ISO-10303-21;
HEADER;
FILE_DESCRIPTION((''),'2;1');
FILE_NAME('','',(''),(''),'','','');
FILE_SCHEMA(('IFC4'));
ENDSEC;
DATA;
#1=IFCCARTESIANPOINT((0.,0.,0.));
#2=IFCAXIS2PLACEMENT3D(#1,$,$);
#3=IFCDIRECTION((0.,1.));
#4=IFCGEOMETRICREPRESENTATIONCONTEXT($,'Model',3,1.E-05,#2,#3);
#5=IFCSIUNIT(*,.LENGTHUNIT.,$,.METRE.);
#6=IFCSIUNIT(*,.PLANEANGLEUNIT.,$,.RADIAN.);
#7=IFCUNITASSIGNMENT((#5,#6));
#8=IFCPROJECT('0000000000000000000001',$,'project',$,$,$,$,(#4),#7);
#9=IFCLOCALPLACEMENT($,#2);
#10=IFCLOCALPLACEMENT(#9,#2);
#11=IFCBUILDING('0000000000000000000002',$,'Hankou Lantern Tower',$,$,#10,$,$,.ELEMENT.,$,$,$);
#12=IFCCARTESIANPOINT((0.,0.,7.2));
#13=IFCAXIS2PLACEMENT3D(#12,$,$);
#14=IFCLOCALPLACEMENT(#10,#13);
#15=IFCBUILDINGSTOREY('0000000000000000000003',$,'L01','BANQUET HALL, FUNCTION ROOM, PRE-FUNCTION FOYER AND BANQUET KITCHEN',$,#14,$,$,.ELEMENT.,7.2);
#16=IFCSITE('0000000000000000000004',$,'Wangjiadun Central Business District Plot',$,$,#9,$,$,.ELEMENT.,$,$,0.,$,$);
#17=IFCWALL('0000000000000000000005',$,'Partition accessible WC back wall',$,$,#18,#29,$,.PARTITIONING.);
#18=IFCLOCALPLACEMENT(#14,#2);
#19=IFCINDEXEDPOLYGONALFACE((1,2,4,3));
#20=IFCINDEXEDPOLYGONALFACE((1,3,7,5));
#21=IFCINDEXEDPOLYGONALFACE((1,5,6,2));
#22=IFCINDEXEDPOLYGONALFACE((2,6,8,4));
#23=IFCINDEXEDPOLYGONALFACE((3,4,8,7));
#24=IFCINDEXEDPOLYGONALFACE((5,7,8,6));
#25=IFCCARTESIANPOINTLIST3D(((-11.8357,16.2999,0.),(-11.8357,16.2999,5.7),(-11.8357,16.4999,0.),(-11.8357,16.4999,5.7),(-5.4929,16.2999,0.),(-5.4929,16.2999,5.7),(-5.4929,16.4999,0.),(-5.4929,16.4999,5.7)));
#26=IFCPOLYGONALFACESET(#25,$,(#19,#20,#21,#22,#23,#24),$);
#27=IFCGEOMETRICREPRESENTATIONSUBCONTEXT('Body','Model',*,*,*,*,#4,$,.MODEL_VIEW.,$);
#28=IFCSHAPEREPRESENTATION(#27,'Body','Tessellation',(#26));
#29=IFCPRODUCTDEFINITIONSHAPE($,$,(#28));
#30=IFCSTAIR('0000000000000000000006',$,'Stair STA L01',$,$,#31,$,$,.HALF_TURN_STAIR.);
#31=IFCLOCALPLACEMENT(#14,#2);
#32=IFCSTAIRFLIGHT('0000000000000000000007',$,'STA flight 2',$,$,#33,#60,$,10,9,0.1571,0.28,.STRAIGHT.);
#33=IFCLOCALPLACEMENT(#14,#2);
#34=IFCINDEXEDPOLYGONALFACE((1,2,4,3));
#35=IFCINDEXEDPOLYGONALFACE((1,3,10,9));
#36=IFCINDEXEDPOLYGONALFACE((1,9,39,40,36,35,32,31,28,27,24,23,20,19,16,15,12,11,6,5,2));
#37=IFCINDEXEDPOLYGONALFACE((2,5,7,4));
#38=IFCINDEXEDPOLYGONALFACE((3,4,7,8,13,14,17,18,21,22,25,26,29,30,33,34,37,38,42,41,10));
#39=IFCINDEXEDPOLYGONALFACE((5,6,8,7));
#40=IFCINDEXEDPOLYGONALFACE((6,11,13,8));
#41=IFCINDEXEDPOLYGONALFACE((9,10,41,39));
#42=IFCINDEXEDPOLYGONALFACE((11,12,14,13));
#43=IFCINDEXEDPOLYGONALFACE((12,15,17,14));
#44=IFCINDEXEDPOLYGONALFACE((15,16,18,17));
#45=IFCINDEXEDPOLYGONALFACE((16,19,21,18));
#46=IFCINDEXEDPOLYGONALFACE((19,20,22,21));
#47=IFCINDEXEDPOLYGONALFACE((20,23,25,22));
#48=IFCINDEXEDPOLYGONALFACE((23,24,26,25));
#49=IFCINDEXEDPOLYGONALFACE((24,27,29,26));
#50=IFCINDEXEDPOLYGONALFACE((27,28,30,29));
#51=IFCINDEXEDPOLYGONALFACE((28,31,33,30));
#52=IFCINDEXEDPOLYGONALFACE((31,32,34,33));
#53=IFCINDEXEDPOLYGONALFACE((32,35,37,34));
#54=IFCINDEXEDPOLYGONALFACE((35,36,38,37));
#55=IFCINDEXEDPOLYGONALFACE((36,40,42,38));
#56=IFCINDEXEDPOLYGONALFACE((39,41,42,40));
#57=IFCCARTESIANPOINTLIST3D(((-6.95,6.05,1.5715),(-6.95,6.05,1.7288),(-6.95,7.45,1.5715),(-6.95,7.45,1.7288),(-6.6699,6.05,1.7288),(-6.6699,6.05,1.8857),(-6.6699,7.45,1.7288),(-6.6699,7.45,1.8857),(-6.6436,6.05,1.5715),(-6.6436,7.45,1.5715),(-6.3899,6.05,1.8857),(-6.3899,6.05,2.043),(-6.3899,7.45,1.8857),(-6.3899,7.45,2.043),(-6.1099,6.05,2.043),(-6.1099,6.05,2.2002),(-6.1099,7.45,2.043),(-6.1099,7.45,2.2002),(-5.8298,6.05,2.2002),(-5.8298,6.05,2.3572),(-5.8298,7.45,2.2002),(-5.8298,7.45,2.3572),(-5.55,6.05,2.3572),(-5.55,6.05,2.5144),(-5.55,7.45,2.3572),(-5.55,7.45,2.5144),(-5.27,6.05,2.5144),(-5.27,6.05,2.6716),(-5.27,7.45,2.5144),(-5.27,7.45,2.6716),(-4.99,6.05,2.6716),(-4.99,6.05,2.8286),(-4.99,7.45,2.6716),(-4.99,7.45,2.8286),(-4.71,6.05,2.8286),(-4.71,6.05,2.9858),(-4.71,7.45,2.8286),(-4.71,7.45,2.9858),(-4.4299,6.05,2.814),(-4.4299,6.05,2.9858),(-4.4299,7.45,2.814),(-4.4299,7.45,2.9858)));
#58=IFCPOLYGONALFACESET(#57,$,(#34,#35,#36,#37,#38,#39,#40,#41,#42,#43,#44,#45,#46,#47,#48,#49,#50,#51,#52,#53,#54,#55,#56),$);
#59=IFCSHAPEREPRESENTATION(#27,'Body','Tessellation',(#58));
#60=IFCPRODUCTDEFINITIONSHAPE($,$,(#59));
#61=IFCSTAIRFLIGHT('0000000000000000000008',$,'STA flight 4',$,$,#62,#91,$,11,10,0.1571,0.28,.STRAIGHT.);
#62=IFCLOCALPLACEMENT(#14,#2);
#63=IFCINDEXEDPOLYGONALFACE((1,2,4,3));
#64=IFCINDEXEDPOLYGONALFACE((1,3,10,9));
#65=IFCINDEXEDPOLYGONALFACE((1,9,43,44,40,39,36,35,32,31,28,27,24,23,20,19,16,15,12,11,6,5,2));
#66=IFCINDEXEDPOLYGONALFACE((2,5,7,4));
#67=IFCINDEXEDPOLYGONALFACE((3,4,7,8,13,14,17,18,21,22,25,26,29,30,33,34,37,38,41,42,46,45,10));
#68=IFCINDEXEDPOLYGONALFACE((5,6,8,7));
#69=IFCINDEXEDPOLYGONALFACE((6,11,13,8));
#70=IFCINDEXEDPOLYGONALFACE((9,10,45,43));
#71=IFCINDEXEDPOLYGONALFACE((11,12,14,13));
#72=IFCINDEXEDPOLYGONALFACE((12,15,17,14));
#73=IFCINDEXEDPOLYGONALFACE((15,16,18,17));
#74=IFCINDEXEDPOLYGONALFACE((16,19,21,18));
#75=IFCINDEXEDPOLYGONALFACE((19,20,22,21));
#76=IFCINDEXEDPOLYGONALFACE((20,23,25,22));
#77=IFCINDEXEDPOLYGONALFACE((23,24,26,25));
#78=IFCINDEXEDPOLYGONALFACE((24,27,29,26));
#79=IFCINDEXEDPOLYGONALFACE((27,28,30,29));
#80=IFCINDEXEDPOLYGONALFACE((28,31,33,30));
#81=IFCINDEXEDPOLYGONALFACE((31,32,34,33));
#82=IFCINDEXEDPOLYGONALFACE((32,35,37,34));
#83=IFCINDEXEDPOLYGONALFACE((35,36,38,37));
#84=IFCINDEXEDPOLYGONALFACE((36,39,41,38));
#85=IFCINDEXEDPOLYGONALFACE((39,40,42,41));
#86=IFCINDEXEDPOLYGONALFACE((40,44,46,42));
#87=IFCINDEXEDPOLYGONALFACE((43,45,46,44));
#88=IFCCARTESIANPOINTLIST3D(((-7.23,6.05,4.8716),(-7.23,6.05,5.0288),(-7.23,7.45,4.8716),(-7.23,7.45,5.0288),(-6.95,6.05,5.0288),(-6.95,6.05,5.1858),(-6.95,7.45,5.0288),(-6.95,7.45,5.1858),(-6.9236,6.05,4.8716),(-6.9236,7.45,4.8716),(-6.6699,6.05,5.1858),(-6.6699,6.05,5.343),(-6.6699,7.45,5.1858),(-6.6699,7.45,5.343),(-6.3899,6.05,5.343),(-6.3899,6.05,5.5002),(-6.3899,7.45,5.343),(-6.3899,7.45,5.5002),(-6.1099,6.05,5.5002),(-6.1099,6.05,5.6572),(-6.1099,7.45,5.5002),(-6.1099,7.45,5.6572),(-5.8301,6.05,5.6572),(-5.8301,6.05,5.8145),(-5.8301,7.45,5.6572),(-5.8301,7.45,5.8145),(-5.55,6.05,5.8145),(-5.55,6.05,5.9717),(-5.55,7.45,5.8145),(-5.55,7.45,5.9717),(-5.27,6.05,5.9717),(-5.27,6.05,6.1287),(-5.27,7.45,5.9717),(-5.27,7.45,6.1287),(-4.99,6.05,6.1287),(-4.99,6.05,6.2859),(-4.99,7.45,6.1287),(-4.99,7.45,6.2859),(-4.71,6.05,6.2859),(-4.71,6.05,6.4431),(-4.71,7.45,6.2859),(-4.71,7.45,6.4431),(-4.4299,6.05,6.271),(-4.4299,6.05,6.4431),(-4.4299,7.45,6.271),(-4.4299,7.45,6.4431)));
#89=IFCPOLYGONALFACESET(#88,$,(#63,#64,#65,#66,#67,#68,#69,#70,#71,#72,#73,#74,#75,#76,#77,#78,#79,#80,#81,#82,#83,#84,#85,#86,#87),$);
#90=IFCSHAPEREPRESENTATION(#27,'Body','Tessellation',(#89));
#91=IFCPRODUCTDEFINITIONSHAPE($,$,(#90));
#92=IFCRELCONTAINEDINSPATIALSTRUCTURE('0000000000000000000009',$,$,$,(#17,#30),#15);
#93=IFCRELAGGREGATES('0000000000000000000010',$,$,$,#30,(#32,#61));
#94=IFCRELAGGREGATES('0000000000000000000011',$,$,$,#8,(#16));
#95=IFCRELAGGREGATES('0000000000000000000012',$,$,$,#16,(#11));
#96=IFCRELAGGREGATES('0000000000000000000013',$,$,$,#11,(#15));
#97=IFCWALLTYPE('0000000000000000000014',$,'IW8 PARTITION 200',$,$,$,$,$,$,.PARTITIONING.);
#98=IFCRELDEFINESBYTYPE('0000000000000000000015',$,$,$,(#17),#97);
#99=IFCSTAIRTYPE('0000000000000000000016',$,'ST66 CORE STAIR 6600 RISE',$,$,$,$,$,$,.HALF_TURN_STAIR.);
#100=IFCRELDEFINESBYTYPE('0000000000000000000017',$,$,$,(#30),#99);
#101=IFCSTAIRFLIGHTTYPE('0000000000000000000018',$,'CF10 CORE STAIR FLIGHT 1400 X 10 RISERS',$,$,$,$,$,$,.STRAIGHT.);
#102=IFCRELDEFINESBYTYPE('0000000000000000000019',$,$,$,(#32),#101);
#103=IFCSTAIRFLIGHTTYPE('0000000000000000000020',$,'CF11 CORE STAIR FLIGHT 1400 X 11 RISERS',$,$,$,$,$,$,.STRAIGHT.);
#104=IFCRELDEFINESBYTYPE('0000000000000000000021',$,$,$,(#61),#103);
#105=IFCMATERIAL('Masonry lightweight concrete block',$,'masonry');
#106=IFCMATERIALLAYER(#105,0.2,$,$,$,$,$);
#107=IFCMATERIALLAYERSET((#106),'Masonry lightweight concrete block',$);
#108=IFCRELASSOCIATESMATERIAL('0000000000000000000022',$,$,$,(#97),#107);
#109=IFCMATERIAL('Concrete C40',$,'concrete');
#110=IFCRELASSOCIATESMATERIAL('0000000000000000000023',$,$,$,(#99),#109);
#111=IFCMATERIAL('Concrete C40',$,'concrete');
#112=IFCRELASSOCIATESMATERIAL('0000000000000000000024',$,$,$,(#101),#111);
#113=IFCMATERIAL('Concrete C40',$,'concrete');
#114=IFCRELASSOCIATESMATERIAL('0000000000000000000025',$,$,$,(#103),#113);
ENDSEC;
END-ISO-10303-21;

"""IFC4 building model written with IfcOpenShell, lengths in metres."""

from ifc_helpers import new_model, si_unit, direction, frame, frame_2d, origin, place, context, subcontext, project, spatial, polyline, rectangle, outline, extrude, material, layer, layer_set, type_object, element, aggregate, save


model = new_model("IFC4")

# Units and contexts
model_context = context("Model", 3, precision=1e-05, world=origin(), true_north=direction((0.0, 1.0)))
body_context = subcontext(model_context, "Body", "Model", "MODEL_VIEW")
ifc_project = project(units=[si_unit("LENGTHUNIT", "METRE"), si_unit("PLANEANGLEUNIT", "RADIAN")], contexts=[model_context])

# Site, building, storey
site_placement = place(None, origin())
site = spatial("IfcSite", under=ifc_project, at=site_placement, Name="Wangjiadun Central Business District Plot", CompositionType="ELEMENT", RefElevation=0.0)
building_placement = place(site_placement, origin())
building = spatial("IfcBuilding", under=site, at=building_placement, Name="Hankou Lantern Tower", CompositionType="ELEMENT")
storey_placement = place(building_placement, frame((0.0, 0.0, 7.2)))
storey = spatial("IfcBuildingStorey", under=building, at=storey_placement, Name="L01", Description="BANQUET HALL, FUNCTION ROOM, PRE-FUNCTION FOYER AND BANQUET KITCHEN", CompositionType="ELEMENT", Elevation=7.2)

# Wall
ifc_material_1 = material(Name="Masonry lightweight concrete block", Category="masonry")
ifc_layer_1 = layer(ifc_material_1, 0.2)
ifc_layer_set_1 = layer_set([ifc_layer_1], Name="Masonry lightweight concrete block")
wall_type_1 = type_object("IfcWallType", Name="IW8 PARTITION 200", PredefinedType="PARTITIONING", material=ifc_layer_set_1)
wall_1_placement = place(storey_placement, frame((-5.4929, 16.3999, 0.0), z_axis=(0.0, 0.0, 1.0), x_axis=(-1.0, 0.0, 0.0)))
element("IfcWall", 1, at=wall_1_placement, inside=storey, type_object=wall_type_1, Name="Partition accessible WC back wall", PredefinedType="PARTITIONING", context=body_context, shape_type="SweptSolid", body=[
    extrude(rectangle(XDim=6.3428, YDim=0.2, at=frame_2d((3.1714, 0.0))), origin(), (0.0, 0.0, 1.0), 5.7),
])

# Stair, stair flights
ifc_material_2 = material(Name="Concrete C40", Category="concrete")
stair_type = type_object("IfcStairType", Name="ST66 CORE STAIR 6600 RISE", PredefinedType="HALF_TURN_STAIR", material=ifc_material_2)
stair_placement = place(storey_placement, origin())
stair = element("IfcStair", 2, at=stair_placement, inside=storey, type_object=stair_type, Name="Stair STA L01", PredefinedType="HALF_TURN_STAIR")
ifc_material_3 = material(Name="Concrete C40", Category="concrete")
stair_flight_type_1 = type_object("IfcStairFlightType", Name="CF10 CORE STAIR FLIGHT 1400 X 10 RISERS", PredefinedType="STRAIGHT", material=ifc_material_3)
stair_flight_1_placement = place(storey_placement, frame((-6.95, 6.75, 1.5715), z_axis=(0.0, 0.0, 1.0), x_axis=(1.0, 0.0, 0.0)))
stair_flight_1 = element("IfcStairFlight", 3, at=stair_flight_1_placement, type_object=stair_flight_type_1, Name="STA flight 2", NumberOfRisers=10, NumberOfTreads=9, PredefinedType="STRAIGHT", RiserHeight=0.1571, TreadLength=0.28, context=body_context, shape_type="SweptSolid", body=[
    extrude(outline(polyline([(0.0, 0.0), (0.0, 0.1572), (0.28, 0.1572), (0.28, 0.3142), (0.5601, 0.3142), (0.5601, 0.4714), (0.8401, 0.4714), (0.8401, 0.6287), (1.1201, 0.6287), (1.1201, 0.7856), (1.3999, 0.7856), (1.3999, 0.9429), (1.6799, 0.9429), (1.6799, 1.1001), (1.96, 1.1001), (1.96, 1.2571), (2.24, 1.2571), (2.24, 1.4143), (2.52, 1.4143), (2.52, 1.5715), (2.52, 1.2424), (0.3064, 0.0), (0.0, 0.0)])), frame((0.0, 0.7, 0.0), z_axis=(0.0, -1.0, 0.0), x_axis=(1.0, 0.0, 0.0)), (0.0, 0.0, 1.0), 1.3999),
])
ifc_material_4 = material(Name="Concrete C40", Category="concrete")
stair_flight_type_2 = type_object("IfcStairFlightType", Name="CF11 CORE STAIR FLIGHT 1400 X 11 RISERS", PredefinedType="STRAIGHT", material=ifc_material_4)
stair_flight_2_placement = place(storey_placement, frame((-7.23, 6.75, 4.8716), z_axis=(0.0, 0.0, 1.0), x_axis=(1.0, 0.0, 0.0)))
stair_flight_2 = element("IfcStairFlight", 4, at=stair_flight_2_placement, type_object=stair_flight_type_2, Name="STA flight 4", NumberOfRisers=11, NumberOfTreads=10, PredefinedType="STRAIGHT", RiserHeight=0.1571, TreadLength=0.28, context=body_context, shape_type="SweptSolid", body=[
    extrude(outline(polyline([(0.0, 0.0), (0.0, 0.1572), (0.28, 0.1572), (0.28, 0.3142), (0.5601, 0.3142), (0.5601, 0.4714), (0.8401, 0.4714), (0.8401, 0.6287), (1.1201, 0.6287), (1.1201, 0.7856), (1.3999, 0.7856), (1.3999, 0.9429), (1.6799, 0.9429), (1.6799, 1.1001), (1.96, 1.1001), (1.96, 1.2571), (2.24, 1.2571), (2.24, 1.4143), (2.52, 1.4143), (2.52, 1.5715), (2.8, 1.5715), (2.8, 1.7285), (2.8, 1.3994), (0.3064, 0.0), (0.0, 0.0)])), frame((0.0, 0.7, 0.0), z_axis=(0.0, -1.0, 0.0), x_axis=(1.0, 0.0, 0.0)), (0.0, 0.0, 1.0), 1.3999),
])
aggregate(stair, [stair_flight_1, stair_flight_2])

save(model, "model.ifc")
